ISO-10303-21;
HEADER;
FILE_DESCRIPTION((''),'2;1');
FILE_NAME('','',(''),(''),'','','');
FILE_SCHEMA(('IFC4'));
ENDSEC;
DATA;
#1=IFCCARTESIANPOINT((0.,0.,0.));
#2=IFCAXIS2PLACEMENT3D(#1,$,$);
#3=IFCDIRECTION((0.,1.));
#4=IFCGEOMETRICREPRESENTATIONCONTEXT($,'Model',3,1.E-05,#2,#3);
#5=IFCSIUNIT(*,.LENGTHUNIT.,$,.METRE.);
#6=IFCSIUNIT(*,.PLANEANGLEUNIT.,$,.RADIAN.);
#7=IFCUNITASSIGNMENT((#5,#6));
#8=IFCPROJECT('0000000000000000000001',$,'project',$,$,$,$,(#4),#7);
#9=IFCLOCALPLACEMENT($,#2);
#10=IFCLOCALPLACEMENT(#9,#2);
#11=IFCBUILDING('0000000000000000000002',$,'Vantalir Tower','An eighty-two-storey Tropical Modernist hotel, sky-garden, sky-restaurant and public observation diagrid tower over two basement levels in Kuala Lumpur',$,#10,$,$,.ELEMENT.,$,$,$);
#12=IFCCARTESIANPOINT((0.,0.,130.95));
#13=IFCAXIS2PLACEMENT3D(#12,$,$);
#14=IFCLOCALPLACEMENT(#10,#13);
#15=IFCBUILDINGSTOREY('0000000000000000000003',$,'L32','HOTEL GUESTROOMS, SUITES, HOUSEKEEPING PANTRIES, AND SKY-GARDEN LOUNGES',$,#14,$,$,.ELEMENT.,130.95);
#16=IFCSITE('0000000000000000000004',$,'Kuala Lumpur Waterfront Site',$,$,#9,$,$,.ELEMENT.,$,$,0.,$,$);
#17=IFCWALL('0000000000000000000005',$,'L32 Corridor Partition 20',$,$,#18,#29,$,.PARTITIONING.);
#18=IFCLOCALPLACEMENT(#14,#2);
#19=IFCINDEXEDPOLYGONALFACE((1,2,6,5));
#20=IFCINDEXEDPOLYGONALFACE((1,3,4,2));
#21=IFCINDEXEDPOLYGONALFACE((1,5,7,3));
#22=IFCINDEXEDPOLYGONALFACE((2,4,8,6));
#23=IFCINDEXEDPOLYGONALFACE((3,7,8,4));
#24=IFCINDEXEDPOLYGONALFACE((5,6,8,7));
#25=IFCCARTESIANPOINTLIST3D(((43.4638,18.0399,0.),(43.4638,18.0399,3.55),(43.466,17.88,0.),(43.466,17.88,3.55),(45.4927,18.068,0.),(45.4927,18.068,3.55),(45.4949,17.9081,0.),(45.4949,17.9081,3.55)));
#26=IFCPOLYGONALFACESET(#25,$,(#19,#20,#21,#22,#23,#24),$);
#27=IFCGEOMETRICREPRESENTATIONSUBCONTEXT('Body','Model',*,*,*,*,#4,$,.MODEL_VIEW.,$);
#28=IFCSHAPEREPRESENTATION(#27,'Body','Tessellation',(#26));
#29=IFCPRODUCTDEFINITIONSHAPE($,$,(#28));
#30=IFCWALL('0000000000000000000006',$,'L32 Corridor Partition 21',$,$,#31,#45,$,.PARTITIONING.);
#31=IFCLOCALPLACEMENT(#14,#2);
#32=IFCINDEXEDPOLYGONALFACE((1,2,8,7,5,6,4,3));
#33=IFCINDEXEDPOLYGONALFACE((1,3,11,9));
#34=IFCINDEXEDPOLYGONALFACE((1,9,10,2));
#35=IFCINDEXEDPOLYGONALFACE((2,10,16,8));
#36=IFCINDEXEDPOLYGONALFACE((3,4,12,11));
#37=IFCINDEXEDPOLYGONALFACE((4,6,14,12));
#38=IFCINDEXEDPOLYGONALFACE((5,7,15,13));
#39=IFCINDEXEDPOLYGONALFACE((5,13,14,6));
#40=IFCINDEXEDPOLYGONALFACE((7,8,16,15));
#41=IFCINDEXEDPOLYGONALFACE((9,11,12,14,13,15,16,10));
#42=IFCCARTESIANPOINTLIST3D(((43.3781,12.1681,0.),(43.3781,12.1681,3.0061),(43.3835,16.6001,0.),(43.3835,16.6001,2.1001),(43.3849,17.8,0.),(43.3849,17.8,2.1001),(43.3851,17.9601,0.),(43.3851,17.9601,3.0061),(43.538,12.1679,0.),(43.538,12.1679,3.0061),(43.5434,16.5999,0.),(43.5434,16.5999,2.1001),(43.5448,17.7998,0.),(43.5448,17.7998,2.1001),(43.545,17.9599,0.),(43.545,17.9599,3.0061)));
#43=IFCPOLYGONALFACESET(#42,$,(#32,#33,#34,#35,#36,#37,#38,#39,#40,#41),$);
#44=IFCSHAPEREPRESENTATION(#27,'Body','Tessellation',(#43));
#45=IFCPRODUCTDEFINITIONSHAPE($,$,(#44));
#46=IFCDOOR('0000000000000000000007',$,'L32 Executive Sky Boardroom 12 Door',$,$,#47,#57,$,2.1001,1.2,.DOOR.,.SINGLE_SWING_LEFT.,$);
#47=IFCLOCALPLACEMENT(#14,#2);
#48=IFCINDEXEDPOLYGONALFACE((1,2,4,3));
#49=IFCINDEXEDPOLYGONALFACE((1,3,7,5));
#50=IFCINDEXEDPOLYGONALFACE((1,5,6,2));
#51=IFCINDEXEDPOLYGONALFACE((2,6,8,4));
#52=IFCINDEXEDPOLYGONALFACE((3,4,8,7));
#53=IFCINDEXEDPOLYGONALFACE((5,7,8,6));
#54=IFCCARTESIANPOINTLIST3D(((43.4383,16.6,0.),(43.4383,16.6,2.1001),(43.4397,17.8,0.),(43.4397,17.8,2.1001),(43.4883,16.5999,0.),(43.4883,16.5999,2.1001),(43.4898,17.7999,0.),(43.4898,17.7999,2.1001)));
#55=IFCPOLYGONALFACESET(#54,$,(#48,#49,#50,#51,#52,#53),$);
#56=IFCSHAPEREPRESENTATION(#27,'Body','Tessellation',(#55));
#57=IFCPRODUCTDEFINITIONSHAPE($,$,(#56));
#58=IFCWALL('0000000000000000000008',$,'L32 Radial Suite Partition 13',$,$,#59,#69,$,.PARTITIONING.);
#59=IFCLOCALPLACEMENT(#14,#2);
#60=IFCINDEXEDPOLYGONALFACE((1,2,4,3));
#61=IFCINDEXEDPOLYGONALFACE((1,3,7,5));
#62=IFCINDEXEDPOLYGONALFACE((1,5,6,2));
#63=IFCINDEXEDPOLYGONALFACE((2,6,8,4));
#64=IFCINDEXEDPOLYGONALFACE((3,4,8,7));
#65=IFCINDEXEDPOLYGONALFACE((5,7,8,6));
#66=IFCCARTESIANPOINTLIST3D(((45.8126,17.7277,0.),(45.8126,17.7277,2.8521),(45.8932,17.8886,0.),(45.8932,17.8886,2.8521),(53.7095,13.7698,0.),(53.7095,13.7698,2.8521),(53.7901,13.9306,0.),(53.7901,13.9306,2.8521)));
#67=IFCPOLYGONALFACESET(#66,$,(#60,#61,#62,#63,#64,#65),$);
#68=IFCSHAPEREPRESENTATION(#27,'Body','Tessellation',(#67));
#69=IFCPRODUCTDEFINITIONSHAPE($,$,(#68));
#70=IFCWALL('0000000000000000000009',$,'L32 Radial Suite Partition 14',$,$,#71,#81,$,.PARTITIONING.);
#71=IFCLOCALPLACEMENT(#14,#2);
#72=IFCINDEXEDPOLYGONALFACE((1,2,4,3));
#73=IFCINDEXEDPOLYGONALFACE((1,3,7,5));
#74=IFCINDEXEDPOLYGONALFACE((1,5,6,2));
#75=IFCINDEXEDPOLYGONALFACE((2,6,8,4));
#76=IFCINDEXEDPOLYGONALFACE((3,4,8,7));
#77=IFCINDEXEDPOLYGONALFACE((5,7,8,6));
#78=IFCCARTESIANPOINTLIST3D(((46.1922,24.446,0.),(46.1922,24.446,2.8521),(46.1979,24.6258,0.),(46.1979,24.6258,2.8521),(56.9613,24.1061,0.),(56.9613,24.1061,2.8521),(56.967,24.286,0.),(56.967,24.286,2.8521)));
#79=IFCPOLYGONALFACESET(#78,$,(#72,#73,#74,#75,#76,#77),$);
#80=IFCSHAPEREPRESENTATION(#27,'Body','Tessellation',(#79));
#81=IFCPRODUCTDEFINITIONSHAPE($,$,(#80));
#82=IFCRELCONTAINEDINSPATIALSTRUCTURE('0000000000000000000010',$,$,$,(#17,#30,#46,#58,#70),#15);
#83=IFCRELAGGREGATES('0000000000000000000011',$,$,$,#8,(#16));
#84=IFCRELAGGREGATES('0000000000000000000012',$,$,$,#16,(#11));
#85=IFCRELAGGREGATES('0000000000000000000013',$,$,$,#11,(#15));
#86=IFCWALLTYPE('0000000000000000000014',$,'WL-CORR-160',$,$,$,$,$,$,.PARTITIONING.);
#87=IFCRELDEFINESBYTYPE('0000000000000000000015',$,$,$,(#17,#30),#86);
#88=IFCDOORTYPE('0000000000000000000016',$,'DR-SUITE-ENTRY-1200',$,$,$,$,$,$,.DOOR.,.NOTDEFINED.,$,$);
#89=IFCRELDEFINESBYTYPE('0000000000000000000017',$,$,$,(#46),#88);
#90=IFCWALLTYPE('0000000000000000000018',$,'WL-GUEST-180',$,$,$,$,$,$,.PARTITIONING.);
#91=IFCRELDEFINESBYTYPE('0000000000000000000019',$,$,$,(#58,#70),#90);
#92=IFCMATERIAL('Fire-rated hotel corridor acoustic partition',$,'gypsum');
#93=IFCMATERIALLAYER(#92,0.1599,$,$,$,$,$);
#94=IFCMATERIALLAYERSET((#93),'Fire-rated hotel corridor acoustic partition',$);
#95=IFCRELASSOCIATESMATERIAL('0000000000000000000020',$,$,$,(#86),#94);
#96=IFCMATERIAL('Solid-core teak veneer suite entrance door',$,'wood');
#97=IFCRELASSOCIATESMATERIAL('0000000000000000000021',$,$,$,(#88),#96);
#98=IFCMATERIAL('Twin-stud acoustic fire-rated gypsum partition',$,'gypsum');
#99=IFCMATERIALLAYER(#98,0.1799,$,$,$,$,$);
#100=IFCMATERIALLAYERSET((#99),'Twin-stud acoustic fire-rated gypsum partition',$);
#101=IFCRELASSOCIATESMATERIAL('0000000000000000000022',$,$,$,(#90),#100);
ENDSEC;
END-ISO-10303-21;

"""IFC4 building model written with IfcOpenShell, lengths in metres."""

from ifc_helpers import new_model, si_unit, direction, frame, frame_2d, origin, place, context, subcontext, project, spatial, rectangle, extrude, material, layer, layer_set, type_object, element, fill, save


model = new_model("IFC4")

# Units and contexts
model_context = context("Model", 3, precision=1e-05, world=origin(), true_north=direction((0.0, 1.0)))
body_context = subcontext(model_context, "Body", "Model", "MODEL_VIEW")
ifc_project = project(units=[si_unit("LENGTHUNIT", "METRE"), si_unit("PLANEANGLEUNIT", "RADIAN")], contexts=[model_context])

# Site, building, storey
site_placement = place(None, origin())
site = spatial("IfcSite", under=ifc_project, at=site_placement, Name="Kuala Lumpur Waterfront Site", CompositionType="ELEMENT", RefElevation=0.0)
building_placement = place(site_placement, origin())
building = spatial("IfcBuilding", under=site, at=building_placement, Name="Vantalir Tower", Description="An eighty-two-storey Tropical Modernist hotel, sky-garden, sky-restaurant and public observation diagrid tower over two basement levels in Kuala Lumpur", CompositionType="ELEMENT")
storey_placement = place(building_placement, frame((0.0, 0.0, 130.95)))
storey = spatial("IfcBuildingStorey", under=building, at=storey_placement, Name="L32", Description="HOTEL GUESTROOMS, SUITES, HOUSEKEEPING PANTRIES, AND SKY-GARDEN LOUNGES", CompositionType="ELEMENT", Elevation=130.95)

# Shared definitions
ifc_material_1 = material(Name="Fire-rated hotel corridor acoustic partition", Category="gypsum")
ifc_layer_1 = layer(ifc_material_1, 0.1599)
ifc_layer_set_1 = layer_set([ifc_layer_1], Name="Fire-rated hotel corridor acoustic partition")
wall_type_1 = type_object("IfcWallType", Name="WL-CORR-160", PredefinedType="PARTITIONING", material=ifc_layer_set_1)
ifc_material_2 = material(Name="Solid-core teak veneer suite entrance door", Category="wood")
door_type_1 = type_object("IfcDoorType", Name="DR-SUITE-ENTRY-1200", OperationType="NOTDEFINED", PredefinedType="DOOR", material=ifc_material_2)

# Wall
wall_1_placement = place(storey_placement, frame((45.4939, 17.988, 0.0), z_axis=(0.0, 0.0, 1.0), x_axis=(-0.999904, -0.013837, 0.0)))
element("IfcWall", 1, at=wall_1_placement, inside=storey, type_object=wall_type_1, Name="L32 Corridor Partition 20", PredefinedType="PARTITIONING", context=body_context, shape_type="SweptSolid", body=[
    extrude(rectangle(XDim=2.0291, YDim=0.1599, at=frame_2d((1.0146, 0.0))), origin(), (0.0, 0.0, 1.0), 3.55),
])

# Wall, opening, door
wall_2_placement = place(storey_placement, frame((43.4651, 17.96, 0.0), z_axis=(0.0, 0.0, 1.0), x_axis=(-0.001222, -0.999999, 0.0)))
wall_2 = element("IfcWall", 2, at=wall_2_placement, inside=storey, type_object=wall_type_1, Name="L32 Corridor Partition 21", PredefinedType="PARTITIONING", context=body_context, shape_type="SweptSolid", body=[
    extrude(rectangle(XDim=5.792, YDim=0.1599, at=frame_2d((2.896, 0.0))), origin(), (0.0, 0.0, 1.0), 3.0061),
])
opening_1_placement = place(wall_2_placement, frame((0.1599, 0.0, 0.0)))
opening_1 = element("IfcOpeningElement", 3, at=opening_1_placement, cuts=wall_2, PredefinedType="OPENING", context=body_context, shape_type="SweptSolid", body=[
    extrude(rectangle(XDim=1.2, YDim=2.1001, at=frame_2d((0.6001, 1.05))), frame((0.0, 0.0898, 0.0), z_axis=(0.0, -1.0, 0.0), x_axis=(1.0, 0.0, 0.0)), (0.0, 0.0, 1.0), 0.1799),
])
door_1_placement = place(opening_1_placement, origin())
door_1 = element("IfcDoor", 4, at=door_1_placement, inside=storey, type_object=door_type_1, Name="L32 Executive Sky Boardroom 12 Door", OperationType="SINGLE_SWING_LEFT", OverallHeight=2.1001, OverallWidth=1.2, PredefinedType="DOOR", context=body_context, shape_type="SweptSolid", body=[
    extrude(rectangle(XDim=1.2, YDim=2.1001, at=frame_2d((0.6001, 1.05))), frame((0.0, 0.0249, 0.0), z_axis=(0.0, -1.0, 0.0), x_axis=(1.0, 0.0, 0.0)), (0.0, 0.0, 1.0), 0.05),
])
fill(opening_1, door_1)

# Walls
ifc_material_3 = material(Name="Twin-stud acoustic fire-rated gypsum partition", Category="gypsum")
ifc_layer_2 = layer(ifc_material_3, 0.1799)
ifc_layer_set_2 = layer_set([ifc_layer_2], Name="Twin-stud acoustic fire-rated gypsum partition")
wall_type_2 = type_object("IfcWallType", Name="WL-GUEST-180", PredefinedType="PARTITIONING", material=ifc_layer_set_2)
wall_3_placement = place(storey_placement, frame((45.853, 17.8081, 0.0), z_axis=(0.0, 0.0, 1.0), x_axis=(0.893996, -0.448076, 0.0)))
element("IfcWall", 5, at=wall_3_placement, inside=storey, type_object=wall_type_2, Name="L32 Radial Suite Partition 13", PredefinedType="PARTITIONING", context=body_context, shape_type="SweptSolid", body=[
    extrude(rectangle(XDim=8.8333, YDim=0.1799, at=frame_2d((4.4165, 0.0))), origin(), (0.0, 0.0, 1.0), 2.8521),
])
wall_4_placement = place(storey_placement, frame((46.1951, 24.5359, 0.0), z_axis=(0.0, 0.0, 1.0), x_axis=(0.999502, -0.031542, 0.0)))
element("IfcWall", 6, at=wall_4_placement, inside=storey, type_object=wall_type_2, Name="L32 Radial Suite Partition 14", PredefinedType="PARTITIONING", context=body_context, shape_type="SweptSolid", body=[
    extrude(rectangle(XDim=10.7744, YDim=0.1799, at=frame_2d((5.3872, 0.0))), origin(), (0.0, 0.0, 1.0), 2.8521),
])

save(model, "model.ifc")
